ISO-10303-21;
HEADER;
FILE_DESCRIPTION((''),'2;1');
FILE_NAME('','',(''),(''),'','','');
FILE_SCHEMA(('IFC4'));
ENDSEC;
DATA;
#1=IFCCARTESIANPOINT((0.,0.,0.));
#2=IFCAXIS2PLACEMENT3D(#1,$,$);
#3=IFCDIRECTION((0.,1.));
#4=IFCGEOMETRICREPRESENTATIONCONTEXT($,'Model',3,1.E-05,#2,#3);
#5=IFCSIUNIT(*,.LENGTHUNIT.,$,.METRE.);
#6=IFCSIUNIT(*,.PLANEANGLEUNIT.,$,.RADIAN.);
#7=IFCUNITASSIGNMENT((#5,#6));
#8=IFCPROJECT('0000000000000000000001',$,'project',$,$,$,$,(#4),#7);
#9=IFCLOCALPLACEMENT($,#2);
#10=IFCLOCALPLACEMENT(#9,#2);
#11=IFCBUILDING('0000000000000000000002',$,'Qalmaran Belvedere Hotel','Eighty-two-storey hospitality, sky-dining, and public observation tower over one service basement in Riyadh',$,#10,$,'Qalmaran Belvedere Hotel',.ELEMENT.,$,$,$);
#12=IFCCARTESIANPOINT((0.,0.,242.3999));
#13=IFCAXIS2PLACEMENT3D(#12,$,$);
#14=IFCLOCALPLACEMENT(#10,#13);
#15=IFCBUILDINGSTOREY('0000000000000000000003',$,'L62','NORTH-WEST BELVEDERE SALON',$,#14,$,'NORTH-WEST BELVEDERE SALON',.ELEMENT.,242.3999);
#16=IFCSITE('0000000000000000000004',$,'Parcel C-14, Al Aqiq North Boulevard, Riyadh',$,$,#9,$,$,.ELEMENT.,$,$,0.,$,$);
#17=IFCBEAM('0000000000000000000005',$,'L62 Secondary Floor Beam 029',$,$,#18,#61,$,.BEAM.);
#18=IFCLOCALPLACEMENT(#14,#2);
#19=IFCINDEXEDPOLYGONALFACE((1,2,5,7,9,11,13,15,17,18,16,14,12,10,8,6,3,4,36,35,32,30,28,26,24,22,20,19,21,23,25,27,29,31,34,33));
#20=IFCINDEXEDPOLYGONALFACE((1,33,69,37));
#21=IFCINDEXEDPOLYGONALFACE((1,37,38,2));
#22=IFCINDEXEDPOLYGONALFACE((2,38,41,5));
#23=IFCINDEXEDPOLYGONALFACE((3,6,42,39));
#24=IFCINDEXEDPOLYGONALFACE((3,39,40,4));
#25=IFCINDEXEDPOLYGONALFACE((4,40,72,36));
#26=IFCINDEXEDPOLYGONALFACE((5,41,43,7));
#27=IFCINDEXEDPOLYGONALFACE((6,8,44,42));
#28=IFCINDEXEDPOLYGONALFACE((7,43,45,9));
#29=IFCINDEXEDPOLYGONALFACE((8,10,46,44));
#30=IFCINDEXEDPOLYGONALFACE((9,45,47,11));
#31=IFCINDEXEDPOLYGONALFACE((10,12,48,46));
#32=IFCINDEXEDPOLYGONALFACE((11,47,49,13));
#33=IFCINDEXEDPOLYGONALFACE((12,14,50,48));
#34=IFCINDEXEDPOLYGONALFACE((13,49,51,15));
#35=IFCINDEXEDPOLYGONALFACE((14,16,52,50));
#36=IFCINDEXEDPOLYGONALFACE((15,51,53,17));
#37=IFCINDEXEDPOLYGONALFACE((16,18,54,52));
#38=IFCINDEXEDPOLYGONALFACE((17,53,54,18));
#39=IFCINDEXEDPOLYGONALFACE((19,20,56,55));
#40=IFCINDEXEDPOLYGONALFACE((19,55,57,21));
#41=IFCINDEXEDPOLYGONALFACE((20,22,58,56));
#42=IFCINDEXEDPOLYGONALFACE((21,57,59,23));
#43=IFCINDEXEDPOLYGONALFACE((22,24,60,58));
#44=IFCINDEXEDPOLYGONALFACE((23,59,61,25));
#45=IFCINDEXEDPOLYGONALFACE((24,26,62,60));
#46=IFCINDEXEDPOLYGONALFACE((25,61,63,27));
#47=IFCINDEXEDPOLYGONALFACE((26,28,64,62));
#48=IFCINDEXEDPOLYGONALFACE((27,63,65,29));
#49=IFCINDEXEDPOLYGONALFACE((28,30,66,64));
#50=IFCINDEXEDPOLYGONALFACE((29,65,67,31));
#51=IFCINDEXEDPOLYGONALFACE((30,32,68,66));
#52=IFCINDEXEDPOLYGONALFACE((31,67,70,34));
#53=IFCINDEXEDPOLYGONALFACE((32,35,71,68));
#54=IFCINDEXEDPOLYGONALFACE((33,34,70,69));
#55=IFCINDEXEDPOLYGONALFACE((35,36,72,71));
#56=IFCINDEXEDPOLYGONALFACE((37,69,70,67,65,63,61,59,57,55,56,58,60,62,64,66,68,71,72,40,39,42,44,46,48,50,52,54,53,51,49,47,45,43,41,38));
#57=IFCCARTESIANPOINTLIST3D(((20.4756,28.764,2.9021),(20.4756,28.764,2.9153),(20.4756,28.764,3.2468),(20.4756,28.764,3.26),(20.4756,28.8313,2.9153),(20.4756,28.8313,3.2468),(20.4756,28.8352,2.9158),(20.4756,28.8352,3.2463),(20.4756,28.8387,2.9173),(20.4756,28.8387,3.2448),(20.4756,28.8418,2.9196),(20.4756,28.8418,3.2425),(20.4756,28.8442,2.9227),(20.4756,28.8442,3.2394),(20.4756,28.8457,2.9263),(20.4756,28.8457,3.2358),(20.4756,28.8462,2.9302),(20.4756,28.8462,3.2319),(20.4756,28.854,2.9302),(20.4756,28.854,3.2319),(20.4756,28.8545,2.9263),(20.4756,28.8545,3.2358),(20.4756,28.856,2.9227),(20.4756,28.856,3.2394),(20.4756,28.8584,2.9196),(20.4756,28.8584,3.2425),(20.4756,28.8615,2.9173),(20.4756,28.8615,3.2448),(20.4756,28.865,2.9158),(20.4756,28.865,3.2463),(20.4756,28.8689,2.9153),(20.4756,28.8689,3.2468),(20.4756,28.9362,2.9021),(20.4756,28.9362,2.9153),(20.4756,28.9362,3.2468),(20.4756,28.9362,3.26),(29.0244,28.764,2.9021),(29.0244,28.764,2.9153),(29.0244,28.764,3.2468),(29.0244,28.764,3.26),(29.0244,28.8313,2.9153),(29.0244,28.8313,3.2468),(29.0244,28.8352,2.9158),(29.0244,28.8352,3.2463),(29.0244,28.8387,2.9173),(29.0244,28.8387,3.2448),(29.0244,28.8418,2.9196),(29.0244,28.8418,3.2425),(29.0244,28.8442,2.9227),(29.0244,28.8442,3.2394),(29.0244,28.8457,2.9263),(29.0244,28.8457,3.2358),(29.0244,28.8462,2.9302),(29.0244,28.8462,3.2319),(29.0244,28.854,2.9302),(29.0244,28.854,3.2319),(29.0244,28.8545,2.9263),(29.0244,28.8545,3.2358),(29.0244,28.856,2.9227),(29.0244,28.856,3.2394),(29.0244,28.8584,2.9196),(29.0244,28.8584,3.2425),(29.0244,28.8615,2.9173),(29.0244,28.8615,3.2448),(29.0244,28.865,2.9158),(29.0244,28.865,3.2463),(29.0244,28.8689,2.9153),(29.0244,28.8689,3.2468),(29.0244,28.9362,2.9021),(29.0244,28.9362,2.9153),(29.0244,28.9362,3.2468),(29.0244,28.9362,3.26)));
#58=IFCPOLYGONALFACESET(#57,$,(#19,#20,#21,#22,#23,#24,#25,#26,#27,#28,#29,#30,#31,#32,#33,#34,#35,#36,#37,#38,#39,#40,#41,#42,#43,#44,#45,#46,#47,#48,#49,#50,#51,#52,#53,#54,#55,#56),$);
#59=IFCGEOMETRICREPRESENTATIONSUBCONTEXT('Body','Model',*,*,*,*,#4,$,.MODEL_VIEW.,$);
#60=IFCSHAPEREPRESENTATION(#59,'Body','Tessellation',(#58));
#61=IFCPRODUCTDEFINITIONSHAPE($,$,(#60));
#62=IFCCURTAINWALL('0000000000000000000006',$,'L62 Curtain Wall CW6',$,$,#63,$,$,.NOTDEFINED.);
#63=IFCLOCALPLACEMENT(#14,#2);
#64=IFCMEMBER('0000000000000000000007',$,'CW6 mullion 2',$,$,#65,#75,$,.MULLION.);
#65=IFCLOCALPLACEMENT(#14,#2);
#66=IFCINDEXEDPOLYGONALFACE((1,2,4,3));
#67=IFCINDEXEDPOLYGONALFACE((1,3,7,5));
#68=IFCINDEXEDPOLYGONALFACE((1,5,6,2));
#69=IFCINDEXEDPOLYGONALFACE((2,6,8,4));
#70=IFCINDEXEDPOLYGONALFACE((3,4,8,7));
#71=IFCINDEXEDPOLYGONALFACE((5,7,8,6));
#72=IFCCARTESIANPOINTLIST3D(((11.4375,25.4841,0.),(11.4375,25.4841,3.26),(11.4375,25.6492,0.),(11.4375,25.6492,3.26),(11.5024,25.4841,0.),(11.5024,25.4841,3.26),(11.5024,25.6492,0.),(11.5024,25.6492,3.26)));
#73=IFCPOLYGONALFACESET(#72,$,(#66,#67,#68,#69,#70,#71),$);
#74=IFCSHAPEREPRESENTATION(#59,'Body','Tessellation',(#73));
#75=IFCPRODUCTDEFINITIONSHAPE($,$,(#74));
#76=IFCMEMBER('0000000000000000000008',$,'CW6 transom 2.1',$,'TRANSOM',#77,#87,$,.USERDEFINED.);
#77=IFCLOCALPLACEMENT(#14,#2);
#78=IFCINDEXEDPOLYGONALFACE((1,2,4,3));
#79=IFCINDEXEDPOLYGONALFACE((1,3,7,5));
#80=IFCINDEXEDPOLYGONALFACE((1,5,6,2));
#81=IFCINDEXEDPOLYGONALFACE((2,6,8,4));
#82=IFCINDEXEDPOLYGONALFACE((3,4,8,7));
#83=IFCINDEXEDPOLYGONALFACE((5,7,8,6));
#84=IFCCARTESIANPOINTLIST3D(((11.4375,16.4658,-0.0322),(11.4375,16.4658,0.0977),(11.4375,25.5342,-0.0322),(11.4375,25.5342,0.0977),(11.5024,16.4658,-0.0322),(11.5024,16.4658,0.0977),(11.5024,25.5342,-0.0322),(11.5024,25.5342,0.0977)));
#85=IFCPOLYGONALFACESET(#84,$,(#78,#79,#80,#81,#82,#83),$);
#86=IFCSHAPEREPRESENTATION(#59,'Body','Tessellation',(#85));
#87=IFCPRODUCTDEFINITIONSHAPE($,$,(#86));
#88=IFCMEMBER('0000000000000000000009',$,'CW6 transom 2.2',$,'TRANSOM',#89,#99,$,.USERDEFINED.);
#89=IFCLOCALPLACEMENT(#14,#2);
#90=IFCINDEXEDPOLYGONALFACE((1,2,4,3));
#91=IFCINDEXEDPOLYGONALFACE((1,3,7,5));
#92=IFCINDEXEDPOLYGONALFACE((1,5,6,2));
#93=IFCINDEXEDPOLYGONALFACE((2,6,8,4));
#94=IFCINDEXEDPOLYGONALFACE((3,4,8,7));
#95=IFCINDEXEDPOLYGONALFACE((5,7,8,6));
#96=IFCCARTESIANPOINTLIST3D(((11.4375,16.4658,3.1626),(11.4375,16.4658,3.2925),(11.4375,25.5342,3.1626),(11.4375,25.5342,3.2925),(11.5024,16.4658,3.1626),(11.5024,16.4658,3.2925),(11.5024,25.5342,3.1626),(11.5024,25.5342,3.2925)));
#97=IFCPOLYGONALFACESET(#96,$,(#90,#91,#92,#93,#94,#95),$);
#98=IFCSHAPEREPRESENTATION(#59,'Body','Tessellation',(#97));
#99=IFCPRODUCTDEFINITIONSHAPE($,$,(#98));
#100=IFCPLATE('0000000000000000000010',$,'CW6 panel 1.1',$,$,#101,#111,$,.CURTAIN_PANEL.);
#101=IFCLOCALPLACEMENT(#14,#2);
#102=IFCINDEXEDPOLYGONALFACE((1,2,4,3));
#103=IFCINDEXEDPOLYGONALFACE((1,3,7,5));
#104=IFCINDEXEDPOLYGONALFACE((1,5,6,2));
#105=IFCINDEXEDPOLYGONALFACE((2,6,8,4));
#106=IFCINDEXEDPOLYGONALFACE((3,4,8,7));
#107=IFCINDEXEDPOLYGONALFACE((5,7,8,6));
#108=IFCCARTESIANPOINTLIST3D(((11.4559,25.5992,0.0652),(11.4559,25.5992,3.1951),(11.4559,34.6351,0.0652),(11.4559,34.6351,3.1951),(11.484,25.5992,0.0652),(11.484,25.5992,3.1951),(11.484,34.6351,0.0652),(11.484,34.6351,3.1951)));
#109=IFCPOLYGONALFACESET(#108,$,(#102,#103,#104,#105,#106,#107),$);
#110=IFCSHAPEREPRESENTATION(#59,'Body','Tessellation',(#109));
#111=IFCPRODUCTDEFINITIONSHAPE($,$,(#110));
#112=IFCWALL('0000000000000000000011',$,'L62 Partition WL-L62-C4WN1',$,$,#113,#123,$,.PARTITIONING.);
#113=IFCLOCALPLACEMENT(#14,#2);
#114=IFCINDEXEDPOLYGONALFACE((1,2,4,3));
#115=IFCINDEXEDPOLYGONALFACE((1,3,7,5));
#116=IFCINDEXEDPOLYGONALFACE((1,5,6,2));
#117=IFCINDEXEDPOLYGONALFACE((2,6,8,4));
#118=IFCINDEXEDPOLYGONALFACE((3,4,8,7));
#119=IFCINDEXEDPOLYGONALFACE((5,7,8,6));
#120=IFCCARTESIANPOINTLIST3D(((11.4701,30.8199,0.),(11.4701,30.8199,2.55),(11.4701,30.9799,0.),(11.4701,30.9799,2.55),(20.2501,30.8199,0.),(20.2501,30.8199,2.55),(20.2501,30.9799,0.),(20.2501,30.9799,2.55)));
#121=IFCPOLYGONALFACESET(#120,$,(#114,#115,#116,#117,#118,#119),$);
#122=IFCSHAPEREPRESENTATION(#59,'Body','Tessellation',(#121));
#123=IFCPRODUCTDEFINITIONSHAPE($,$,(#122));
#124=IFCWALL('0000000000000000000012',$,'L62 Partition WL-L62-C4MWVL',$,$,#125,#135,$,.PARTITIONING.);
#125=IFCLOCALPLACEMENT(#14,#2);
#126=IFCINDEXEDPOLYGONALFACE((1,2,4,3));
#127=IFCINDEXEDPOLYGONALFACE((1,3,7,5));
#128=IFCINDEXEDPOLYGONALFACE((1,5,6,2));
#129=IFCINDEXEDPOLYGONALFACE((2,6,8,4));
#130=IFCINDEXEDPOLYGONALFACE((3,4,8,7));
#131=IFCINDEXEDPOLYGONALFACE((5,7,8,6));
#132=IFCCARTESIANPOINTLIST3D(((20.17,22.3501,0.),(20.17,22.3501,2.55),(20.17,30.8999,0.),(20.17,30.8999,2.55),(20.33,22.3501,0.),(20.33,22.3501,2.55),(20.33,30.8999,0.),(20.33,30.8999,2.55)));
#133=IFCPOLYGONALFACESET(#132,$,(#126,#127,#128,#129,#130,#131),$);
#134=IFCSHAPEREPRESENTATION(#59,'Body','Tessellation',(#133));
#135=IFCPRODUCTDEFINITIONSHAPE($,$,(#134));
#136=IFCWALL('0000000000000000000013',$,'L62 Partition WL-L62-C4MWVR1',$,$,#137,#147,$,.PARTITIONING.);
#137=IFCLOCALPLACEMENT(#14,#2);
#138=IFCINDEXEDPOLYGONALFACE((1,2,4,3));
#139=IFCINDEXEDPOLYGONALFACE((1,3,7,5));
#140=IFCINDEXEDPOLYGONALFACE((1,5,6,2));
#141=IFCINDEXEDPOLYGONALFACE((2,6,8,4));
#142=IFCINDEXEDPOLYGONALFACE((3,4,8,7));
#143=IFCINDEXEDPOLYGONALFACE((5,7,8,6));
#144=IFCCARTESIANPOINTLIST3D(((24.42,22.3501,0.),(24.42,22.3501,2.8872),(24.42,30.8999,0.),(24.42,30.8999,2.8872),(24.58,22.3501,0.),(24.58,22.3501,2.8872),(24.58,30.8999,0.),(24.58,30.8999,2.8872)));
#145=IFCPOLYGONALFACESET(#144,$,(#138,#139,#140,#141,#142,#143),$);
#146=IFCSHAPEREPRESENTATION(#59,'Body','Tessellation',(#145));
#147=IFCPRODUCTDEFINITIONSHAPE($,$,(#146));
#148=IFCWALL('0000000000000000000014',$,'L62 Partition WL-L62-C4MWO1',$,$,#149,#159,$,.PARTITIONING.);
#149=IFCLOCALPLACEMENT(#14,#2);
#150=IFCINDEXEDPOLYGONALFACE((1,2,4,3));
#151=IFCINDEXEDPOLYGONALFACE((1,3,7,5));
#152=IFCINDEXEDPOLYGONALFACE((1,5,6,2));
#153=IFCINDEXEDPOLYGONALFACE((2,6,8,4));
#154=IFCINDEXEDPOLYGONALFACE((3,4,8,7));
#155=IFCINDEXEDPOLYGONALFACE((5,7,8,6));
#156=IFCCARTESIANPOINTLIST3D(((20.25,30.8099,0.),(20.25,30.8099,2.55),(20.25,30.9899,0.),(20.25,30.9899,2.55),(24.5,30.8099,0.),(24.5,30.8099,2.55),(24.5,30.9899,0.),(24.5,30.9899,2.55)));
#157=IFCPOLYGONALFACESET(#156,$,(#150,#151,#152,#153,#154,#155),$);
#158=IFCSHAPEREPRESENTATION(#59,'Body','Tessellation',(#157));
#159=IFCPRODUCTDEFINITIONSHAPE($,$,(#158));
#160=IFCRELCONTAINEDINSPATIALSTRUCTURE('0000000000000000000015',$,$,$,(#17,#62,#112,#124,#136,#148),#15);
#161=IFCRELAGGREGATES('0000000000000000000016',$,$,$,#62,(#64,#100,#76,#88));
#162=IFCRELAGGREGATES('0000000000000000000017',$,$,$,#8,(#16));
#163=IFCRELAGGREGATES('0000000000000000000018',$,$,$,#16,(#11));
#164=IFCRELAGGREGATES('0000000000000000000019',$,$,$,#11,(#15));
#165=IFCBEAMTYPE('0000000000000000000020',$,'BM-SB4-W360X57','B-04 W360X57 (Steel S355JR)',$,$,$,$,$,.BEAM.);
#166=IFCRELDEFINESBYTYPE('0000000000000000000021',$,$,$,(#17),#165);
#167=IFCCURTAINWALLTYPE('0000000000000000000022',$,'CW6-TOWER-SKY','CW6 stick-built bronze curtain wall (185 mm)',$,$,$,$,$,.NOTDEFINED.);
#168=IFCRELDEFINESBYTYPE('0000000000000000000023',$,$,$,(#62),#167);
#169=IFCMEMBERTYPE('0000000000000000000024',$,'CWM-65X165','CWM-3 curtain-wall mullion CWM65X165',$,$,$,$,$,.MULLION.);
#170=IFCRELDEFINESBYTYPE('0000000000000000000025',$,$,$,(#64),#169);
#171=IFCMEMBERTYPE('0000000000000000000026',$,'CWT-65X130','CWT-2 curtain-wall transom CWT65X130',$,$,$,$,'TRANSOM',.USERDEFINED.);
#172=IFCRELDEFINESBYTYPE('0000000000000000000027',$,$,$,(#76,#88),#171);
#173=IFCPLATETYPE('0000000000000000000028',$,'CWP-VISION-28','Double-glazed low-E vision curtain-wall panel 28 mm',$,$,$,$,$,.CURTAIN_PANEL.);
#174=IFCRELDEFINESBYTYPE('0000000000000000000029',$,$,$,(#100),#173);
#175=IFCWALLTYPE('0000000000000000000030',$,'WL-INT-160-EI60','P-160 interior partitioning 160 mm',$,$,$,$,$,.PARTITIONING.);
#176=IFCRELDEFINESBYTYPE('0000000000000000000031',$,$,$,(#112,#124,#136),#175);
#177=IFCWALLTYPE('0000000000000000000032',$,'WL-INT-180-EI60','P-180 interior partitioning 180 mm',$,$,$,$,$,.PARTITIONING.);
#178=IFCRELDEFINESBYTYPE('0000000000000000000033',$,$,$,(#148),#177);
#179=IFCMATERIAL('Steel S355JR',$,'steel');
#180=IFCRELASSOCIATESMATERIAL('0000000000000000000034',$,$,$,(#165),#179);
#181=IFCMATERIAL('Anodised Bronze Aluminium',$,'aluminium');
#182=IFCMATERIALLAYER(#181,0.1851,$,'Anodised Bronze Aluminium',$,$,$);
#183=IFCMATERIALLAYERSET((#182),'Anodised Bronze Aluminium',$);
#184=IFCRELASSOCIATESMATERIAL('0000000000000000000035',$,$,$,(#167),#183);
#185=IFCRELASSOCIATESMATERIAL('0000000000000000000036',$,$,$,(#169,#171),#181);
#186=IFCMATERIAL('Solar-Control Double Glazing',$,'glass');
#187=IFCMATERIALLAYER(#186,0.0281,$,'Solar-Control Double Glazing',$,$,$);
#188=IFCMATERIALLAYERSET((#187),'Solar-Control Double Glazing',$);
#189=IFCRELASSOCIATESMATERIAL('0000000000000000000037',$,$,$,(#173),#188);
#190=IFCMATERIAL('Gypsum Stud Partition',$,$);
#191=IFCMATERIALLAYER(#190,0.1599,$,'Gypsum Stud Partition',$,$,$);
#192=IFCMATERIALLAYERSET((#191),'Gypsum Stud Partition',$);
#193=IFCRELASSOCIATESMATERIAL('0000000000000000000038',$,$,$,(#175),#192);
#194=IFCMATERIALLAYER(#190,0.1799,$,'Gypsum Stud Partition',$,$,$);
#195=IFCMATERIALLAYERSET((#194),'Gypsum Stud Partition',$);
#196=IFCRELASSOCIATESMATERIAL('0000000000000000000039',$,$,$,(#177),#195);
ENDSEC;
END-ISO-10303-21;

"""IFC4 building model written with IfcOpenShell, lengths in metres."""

from ifc_helpers import new_model, si_unit, direction, frame, frame_2d, origin, origin_2d, place, context, subcontext, project, spatial, rectangle, i_section, extrude, material, layer, layer_set, material_profile, profile_set, type_object, element, aggregate, save


model = new_model("IFC4")

# Units and contexts
model_context = context("Model", 3, precision=1e-05, world=origin(), true_north=direction((0.0, 1.0)))
body_context = subcontext(model_context, "Body", "Model", "MODEL_VIEW")
ifc_project = project(units=[si_unit("LENGTHUNIT", "METRE"), si_unit("PLANEANGLEUNIT", "RADIAN")], contexts=[model_context])

# Site, building, storey
site_placement = place(None, origin())
site = spatial("IfcSite", under=ifc_project, at=site_placement, Name="Parcel C-14, Al Aqiq North Boulevard, Riyadh", CompositionType="ELEMENT", RefElevation=0.0)
building_placement = place(site_placement, origin())
building = spatial("IfcBuilding", under=site, at=building_placement, Name="Qalmaran Belvedere Hotel", Description="Eighty-two-storey hospitality, sky-dining, and public observation tower over one service basement in Riyadh", LongName="Qalmaran Belvedere Hotel", CompositionType="ELEMENT")
storey_placement = place(building_placement, frame((0.0, 0.0, 242.3999)))
storey = spatial("IfcBuildingStorey", under=building, at=storey_placement, Name="L62", Description="NORTH-WEST BELVEDERE SALON", LongName="NORTH-WEST BELVEDERE SALON", CompositionType="ELEMENT", Elevation=242.3999)

# Beam
ifc_material_1 = material(Name="Steel S355JR", Category="steel")
ifc_material_profile_1 = material_profile(ifc_material_1, i_section(OverallWidth=0.1721, OverallDepth=0.3579, WebThickness=0.0078, FlangeThickness=0.0132, FilletRadius=0.0149, at=origin_2d()), Name="W360X57")
ifc_profile_set_1 = profile_set([ifc_material_profile_1], Name="Steel S355JR")
beam_type = type_object("IfcBeamType", Name="BM-SB4-W360X57", Description="B-04 W360X57 (Steel S355JR)", PredefinedType="BEAM", material=ifc_profile_set_1)
beam_1_placement = place(storey_placement, frame((20.4756, 28.8501, 3.0811), z_axis=(1.0, 0.0, 0.0), x_axis=(0.0, 1.0, 0.0)))
element("IfcBeam", 1, at=beam_1_placement, inside=storey, type_object=beam_type, Name="L62 Secondary Floor Beam 029", PredefinedType="BEAM", context=body_context, shape_type="SweptSolid", body=[
    extrude(i_section(OverallWidth=0.1721, OverallDepth=0.3579, WebThickness=0.0078, FlangeThickness=0.0132, FilletRadius=0.0149, at=origin_2d()), origin(), (0.0, 0.0, 1.0), 8.5488),
])

# Curtain wall, members, plate
ifc_material_2 = material(Name="Anodised Bronze Aluminium", Category="aluminium")
ifc_layer_1 = layer(ifc_material_2, 0.1851, Name="Anodised Bronze Aluminium")
ifc_layer_set_1 = layer_set([ifc_layer_1], Name="Anodised Bronze Aluminium")
curtain_wall_type = type_object("IfcCurtainWallType", Name="CW6-TOWER-SKY", Description="CW6 stick-built bronze curtain wall (185 mm)", PredefinedType="NOTDEFINED", material=ifc_layer_set_1)
curtain_wall_placement = place(storey_placement, origin())
curtain_wall = element("IfcCurtainWall", 2, at=curtain_wall_placement, inside=storey, type_object=curtain_wall_type, Name="L62 Curtain Wall CW6", PredefinedType="NOTDEFINED")
ifc_material_profile_2 = material_profile(ifc_material_2, rectangle(XDim=0.0649, YDim=0.165, at=origin_2d()), Name="CWM65X165")
ifc_profile_set_2 = profile_set([ifc_material_profile_2], Name="Anodised Bronze Aluminium")
member_type_1 = type_object("IfcMemberType", Name="CWM-65X165", Description="CWM-3 curtain-wall mullion CWM65X165", PredefinedType="MULLION", material=ifc_profile_set_2)
member_1_placement = place(storey_placement, frame((11.47, 25.5667, 0.0), z_axis=(0.0, 0.0, 1.0), x_axis=(1.0, 0.0, 0.0)))
member_1 = element("IfcMember", 3, at=member_1_placement, type_object=member_type_1, Name="CW6 mullion 2", PredefinedType="MULLION", context=body_context, shape_type="SweptSolid", body=[
    extrude(rectangle(XDim=0.0649, YDim=0.165, at=origin_2d()), origin(), (0.0, 0.0, 1.0), 3.26),
])
ifc_material_profile_3 = material_profile(ifc_material_2, rectangle(XDim=0.0649, YDim=0.1299, at=origin_2d()), Name="CWT65X130")
ifc_profile_set_3 = profile_set([ifc_material_profile_3], Name="Anodised Bronze Aluminium")
member_type_2 = type_object("IfcMemberType", Name="CWT-65X130", Description="CWT-2 curtain-wall transom CWT65X130", ElementType="TRANSOM", PredefinedType="USERDEFINED", material=ifc_profile_set_3)
member_2_placement = place(storey_placement, frame((11.47, 25.5342, 0.0327), z_axis=(0.0, -1.0, 0.0), x_axis=(1.0, 0.0, 0.0)))
member_2 = element("IfcMember", 4, at=member_2_placement, type_object=member_type_2, Name="CW6 transom 2.1", ObjectType="TRANSOM", PredefinedType="USERDEFINED", context=body_context, shape_type="SweptSolid", body=[
    extrude(rectangle(XDim=0.0649, YDim=0.1299, at=origin_2d()), origin(), (0.0, 0.0, 1.0), 9.0684),
])
member_3_placement = place(storey_placement, frame((11.47, 25.5342, 3.2275), z_axis=(0.0, -1.0, 0.0), x_axis=(1.0, 0.0, 0.0)))
member_3 = element("IfcMember", 5, at=member_3_placement, type_object=member_type_2, Name="CW6 transom 2.2", ObjectType="TRANSOM", PredefinedType="USERDEFINED", context=body_context, shape_type="SweptSolid", body=[
    extrude(rectangle(XDim=0.0649, YDim=0.1299, at=origin_2d()), origin(), (0.0, 0.0, 1.0), 9.0684),
])
ifc_material_3 = material(Name="Solar-Control Double Glazing", Category="glass")
ifc_layer_2 = layer(ifc_material_3, 0.0281, Name="Solar-Control Double Glazing")
ifc_layer_set_2 = layer_set([ifc_layer_2], Name="Solar-Control Double Glazing")
plate_type = type_object("IfcPlateType", Name="CWP-VISION-28", Description="Double-glazed low-E vision curtain-wall panel 28 mm", PredefinedType="CURTAIN_PANEL", material=ifc_layer_set_2)
plate_placement = place(storey_placement, frame((11.47, 30.1172, 0.0652), z_axis=(0.0, 0.0, 1.0), x_axis=(0.0, -1.0, 0.0)))
plate = element("IfcPlate", 6, at=plate_placement, type_object=plate_type, Name="CW6 panel 1.1", PredefinedType="CURTAIN_PANEL", context=body_context, shape_type="SweptSolid", body=[
    extrude(rectangle(XDim=9.0359, YDim=0.0281, at=origin_2d()), origin(), (0.0, 0.0, 1.0), 3.1299),
])
aggregate(curtain_wall, [member_1, plate, member_2, member_3])

# Walls
ifc_material_4 = material(Name="Gypsum Stud Partition")
ifc_layer_3 = layer(ifc_material_4, 0.1599, Name="Gypsum Stud Partition")
ifc_layer_set_3 = layer_set([ifc_layer_3], Name="Gypsum Stud Partition")
wall_type_1 = type_object("IfcWallType", Name="WL-INT-160-EI60", Description="P-160 interior partitioning 160 mm", PredefinedType="PARTITIONING", material=ifc_layer_set_3)
wall_1_placement = place(storey_placement, frame((11.47, 30.8999, 0.0), z_axis=(0.0, 0.0, 1.0), x_axis=(1.0, 0.0, 0.0)))
element("IfcWall", 7, at=wall_1_placement, inside=storey, type_object=wall_type_1, Name="L62 Partition WL-L62-C4WN1", PredefinedType="PARTITIONING", context=body_context, shape_type="SweptSolid", body=[
    extrude(rectangle(XDim=8.78, YDim=0.1599, at=frame_2d((4.3901, 0.0))), origin(), (0.0, 0.0, 1.0), 2.55),
])
wall_2_placement = place(storey_placement, frame((20.25, 22.3501, 0.0), z_axis=(0.0, 0.0, 1.0), x_axis=(0.0, 1.0, 0.0)))
element("IfcWall", 8, at=wall_2_placement, inside=storey, type_object=wall_type_1, Name="L62 Partition WL-L62-C4MWVL", PredefinedType="PARTITIONING", context=body_context, shape_type="SweptSolid", body=[
    extrude(rectangle(XDim=8.5498, YDim=0.1599, at=frame_2d((4.2749, 0.0))), origin(), (0.0, 0.0, 1.0), 2.55),
])
wall_3_placement = place(storey_placement, frame((24.5, 22.3501, 0.0), z_axis=(0.0, 0.0, 1.0), x_axis=(0.0, 1.0, 0.0)))
element("IfcWall", 9, at=wall_3_placement, inside=storey, type_object=wall_type_1, Name="L62 Partition WL-L62-C4MWVR1", PredefinedType="PARTITIONING", context=body_context, shape_type="SweptSolid", body=[
    extrude(rectangle(XDim=8.5498, YDim=0.1599, at=frame_2d((4.2749, 0.0))), origin(), (0.0, 0.0, 1.0), 2.8872),
])

# Shared definitions
ifc_layer_4 = layer(ifc_material_4, 0.1799, Name="Gypsum Stud Partition")
ifc_layer_set_4 = layer_set([ifc_layer_4], Name="Gypsum Stud Partition")
wall_type_2 = type_object("IfcWallType", Name="WL-INT-180-EI60", Description="P-180 interior partitioning 180 mm", PredefinedType="PARTITIONING", material=ifc_layer_set_4)

# Wall
wall_4_placement = place(storey_placement, frame((20.25, 30.8999, 0.0), z_axis=(0.0, 0.0, 1.0), x_axis=(1.0, 0.0, 0.0)))
element("IfcWall", 10, at=wall_4_placement, inside=storey, type_object=wall_type_2, Name="L62 Partition WL-L62-C4MWO1", PredefinedType="PARTITIONING", context=body_context, shape_type="SweptSolid", body=[
    extrude(rectangle(XDim=4.25, YDim=0.1799, at=frame_2d((2.125, 0.0))), origin(), (0.0, 0.0, 1.0), 2.55),
])

save(model, "model.ifc")
